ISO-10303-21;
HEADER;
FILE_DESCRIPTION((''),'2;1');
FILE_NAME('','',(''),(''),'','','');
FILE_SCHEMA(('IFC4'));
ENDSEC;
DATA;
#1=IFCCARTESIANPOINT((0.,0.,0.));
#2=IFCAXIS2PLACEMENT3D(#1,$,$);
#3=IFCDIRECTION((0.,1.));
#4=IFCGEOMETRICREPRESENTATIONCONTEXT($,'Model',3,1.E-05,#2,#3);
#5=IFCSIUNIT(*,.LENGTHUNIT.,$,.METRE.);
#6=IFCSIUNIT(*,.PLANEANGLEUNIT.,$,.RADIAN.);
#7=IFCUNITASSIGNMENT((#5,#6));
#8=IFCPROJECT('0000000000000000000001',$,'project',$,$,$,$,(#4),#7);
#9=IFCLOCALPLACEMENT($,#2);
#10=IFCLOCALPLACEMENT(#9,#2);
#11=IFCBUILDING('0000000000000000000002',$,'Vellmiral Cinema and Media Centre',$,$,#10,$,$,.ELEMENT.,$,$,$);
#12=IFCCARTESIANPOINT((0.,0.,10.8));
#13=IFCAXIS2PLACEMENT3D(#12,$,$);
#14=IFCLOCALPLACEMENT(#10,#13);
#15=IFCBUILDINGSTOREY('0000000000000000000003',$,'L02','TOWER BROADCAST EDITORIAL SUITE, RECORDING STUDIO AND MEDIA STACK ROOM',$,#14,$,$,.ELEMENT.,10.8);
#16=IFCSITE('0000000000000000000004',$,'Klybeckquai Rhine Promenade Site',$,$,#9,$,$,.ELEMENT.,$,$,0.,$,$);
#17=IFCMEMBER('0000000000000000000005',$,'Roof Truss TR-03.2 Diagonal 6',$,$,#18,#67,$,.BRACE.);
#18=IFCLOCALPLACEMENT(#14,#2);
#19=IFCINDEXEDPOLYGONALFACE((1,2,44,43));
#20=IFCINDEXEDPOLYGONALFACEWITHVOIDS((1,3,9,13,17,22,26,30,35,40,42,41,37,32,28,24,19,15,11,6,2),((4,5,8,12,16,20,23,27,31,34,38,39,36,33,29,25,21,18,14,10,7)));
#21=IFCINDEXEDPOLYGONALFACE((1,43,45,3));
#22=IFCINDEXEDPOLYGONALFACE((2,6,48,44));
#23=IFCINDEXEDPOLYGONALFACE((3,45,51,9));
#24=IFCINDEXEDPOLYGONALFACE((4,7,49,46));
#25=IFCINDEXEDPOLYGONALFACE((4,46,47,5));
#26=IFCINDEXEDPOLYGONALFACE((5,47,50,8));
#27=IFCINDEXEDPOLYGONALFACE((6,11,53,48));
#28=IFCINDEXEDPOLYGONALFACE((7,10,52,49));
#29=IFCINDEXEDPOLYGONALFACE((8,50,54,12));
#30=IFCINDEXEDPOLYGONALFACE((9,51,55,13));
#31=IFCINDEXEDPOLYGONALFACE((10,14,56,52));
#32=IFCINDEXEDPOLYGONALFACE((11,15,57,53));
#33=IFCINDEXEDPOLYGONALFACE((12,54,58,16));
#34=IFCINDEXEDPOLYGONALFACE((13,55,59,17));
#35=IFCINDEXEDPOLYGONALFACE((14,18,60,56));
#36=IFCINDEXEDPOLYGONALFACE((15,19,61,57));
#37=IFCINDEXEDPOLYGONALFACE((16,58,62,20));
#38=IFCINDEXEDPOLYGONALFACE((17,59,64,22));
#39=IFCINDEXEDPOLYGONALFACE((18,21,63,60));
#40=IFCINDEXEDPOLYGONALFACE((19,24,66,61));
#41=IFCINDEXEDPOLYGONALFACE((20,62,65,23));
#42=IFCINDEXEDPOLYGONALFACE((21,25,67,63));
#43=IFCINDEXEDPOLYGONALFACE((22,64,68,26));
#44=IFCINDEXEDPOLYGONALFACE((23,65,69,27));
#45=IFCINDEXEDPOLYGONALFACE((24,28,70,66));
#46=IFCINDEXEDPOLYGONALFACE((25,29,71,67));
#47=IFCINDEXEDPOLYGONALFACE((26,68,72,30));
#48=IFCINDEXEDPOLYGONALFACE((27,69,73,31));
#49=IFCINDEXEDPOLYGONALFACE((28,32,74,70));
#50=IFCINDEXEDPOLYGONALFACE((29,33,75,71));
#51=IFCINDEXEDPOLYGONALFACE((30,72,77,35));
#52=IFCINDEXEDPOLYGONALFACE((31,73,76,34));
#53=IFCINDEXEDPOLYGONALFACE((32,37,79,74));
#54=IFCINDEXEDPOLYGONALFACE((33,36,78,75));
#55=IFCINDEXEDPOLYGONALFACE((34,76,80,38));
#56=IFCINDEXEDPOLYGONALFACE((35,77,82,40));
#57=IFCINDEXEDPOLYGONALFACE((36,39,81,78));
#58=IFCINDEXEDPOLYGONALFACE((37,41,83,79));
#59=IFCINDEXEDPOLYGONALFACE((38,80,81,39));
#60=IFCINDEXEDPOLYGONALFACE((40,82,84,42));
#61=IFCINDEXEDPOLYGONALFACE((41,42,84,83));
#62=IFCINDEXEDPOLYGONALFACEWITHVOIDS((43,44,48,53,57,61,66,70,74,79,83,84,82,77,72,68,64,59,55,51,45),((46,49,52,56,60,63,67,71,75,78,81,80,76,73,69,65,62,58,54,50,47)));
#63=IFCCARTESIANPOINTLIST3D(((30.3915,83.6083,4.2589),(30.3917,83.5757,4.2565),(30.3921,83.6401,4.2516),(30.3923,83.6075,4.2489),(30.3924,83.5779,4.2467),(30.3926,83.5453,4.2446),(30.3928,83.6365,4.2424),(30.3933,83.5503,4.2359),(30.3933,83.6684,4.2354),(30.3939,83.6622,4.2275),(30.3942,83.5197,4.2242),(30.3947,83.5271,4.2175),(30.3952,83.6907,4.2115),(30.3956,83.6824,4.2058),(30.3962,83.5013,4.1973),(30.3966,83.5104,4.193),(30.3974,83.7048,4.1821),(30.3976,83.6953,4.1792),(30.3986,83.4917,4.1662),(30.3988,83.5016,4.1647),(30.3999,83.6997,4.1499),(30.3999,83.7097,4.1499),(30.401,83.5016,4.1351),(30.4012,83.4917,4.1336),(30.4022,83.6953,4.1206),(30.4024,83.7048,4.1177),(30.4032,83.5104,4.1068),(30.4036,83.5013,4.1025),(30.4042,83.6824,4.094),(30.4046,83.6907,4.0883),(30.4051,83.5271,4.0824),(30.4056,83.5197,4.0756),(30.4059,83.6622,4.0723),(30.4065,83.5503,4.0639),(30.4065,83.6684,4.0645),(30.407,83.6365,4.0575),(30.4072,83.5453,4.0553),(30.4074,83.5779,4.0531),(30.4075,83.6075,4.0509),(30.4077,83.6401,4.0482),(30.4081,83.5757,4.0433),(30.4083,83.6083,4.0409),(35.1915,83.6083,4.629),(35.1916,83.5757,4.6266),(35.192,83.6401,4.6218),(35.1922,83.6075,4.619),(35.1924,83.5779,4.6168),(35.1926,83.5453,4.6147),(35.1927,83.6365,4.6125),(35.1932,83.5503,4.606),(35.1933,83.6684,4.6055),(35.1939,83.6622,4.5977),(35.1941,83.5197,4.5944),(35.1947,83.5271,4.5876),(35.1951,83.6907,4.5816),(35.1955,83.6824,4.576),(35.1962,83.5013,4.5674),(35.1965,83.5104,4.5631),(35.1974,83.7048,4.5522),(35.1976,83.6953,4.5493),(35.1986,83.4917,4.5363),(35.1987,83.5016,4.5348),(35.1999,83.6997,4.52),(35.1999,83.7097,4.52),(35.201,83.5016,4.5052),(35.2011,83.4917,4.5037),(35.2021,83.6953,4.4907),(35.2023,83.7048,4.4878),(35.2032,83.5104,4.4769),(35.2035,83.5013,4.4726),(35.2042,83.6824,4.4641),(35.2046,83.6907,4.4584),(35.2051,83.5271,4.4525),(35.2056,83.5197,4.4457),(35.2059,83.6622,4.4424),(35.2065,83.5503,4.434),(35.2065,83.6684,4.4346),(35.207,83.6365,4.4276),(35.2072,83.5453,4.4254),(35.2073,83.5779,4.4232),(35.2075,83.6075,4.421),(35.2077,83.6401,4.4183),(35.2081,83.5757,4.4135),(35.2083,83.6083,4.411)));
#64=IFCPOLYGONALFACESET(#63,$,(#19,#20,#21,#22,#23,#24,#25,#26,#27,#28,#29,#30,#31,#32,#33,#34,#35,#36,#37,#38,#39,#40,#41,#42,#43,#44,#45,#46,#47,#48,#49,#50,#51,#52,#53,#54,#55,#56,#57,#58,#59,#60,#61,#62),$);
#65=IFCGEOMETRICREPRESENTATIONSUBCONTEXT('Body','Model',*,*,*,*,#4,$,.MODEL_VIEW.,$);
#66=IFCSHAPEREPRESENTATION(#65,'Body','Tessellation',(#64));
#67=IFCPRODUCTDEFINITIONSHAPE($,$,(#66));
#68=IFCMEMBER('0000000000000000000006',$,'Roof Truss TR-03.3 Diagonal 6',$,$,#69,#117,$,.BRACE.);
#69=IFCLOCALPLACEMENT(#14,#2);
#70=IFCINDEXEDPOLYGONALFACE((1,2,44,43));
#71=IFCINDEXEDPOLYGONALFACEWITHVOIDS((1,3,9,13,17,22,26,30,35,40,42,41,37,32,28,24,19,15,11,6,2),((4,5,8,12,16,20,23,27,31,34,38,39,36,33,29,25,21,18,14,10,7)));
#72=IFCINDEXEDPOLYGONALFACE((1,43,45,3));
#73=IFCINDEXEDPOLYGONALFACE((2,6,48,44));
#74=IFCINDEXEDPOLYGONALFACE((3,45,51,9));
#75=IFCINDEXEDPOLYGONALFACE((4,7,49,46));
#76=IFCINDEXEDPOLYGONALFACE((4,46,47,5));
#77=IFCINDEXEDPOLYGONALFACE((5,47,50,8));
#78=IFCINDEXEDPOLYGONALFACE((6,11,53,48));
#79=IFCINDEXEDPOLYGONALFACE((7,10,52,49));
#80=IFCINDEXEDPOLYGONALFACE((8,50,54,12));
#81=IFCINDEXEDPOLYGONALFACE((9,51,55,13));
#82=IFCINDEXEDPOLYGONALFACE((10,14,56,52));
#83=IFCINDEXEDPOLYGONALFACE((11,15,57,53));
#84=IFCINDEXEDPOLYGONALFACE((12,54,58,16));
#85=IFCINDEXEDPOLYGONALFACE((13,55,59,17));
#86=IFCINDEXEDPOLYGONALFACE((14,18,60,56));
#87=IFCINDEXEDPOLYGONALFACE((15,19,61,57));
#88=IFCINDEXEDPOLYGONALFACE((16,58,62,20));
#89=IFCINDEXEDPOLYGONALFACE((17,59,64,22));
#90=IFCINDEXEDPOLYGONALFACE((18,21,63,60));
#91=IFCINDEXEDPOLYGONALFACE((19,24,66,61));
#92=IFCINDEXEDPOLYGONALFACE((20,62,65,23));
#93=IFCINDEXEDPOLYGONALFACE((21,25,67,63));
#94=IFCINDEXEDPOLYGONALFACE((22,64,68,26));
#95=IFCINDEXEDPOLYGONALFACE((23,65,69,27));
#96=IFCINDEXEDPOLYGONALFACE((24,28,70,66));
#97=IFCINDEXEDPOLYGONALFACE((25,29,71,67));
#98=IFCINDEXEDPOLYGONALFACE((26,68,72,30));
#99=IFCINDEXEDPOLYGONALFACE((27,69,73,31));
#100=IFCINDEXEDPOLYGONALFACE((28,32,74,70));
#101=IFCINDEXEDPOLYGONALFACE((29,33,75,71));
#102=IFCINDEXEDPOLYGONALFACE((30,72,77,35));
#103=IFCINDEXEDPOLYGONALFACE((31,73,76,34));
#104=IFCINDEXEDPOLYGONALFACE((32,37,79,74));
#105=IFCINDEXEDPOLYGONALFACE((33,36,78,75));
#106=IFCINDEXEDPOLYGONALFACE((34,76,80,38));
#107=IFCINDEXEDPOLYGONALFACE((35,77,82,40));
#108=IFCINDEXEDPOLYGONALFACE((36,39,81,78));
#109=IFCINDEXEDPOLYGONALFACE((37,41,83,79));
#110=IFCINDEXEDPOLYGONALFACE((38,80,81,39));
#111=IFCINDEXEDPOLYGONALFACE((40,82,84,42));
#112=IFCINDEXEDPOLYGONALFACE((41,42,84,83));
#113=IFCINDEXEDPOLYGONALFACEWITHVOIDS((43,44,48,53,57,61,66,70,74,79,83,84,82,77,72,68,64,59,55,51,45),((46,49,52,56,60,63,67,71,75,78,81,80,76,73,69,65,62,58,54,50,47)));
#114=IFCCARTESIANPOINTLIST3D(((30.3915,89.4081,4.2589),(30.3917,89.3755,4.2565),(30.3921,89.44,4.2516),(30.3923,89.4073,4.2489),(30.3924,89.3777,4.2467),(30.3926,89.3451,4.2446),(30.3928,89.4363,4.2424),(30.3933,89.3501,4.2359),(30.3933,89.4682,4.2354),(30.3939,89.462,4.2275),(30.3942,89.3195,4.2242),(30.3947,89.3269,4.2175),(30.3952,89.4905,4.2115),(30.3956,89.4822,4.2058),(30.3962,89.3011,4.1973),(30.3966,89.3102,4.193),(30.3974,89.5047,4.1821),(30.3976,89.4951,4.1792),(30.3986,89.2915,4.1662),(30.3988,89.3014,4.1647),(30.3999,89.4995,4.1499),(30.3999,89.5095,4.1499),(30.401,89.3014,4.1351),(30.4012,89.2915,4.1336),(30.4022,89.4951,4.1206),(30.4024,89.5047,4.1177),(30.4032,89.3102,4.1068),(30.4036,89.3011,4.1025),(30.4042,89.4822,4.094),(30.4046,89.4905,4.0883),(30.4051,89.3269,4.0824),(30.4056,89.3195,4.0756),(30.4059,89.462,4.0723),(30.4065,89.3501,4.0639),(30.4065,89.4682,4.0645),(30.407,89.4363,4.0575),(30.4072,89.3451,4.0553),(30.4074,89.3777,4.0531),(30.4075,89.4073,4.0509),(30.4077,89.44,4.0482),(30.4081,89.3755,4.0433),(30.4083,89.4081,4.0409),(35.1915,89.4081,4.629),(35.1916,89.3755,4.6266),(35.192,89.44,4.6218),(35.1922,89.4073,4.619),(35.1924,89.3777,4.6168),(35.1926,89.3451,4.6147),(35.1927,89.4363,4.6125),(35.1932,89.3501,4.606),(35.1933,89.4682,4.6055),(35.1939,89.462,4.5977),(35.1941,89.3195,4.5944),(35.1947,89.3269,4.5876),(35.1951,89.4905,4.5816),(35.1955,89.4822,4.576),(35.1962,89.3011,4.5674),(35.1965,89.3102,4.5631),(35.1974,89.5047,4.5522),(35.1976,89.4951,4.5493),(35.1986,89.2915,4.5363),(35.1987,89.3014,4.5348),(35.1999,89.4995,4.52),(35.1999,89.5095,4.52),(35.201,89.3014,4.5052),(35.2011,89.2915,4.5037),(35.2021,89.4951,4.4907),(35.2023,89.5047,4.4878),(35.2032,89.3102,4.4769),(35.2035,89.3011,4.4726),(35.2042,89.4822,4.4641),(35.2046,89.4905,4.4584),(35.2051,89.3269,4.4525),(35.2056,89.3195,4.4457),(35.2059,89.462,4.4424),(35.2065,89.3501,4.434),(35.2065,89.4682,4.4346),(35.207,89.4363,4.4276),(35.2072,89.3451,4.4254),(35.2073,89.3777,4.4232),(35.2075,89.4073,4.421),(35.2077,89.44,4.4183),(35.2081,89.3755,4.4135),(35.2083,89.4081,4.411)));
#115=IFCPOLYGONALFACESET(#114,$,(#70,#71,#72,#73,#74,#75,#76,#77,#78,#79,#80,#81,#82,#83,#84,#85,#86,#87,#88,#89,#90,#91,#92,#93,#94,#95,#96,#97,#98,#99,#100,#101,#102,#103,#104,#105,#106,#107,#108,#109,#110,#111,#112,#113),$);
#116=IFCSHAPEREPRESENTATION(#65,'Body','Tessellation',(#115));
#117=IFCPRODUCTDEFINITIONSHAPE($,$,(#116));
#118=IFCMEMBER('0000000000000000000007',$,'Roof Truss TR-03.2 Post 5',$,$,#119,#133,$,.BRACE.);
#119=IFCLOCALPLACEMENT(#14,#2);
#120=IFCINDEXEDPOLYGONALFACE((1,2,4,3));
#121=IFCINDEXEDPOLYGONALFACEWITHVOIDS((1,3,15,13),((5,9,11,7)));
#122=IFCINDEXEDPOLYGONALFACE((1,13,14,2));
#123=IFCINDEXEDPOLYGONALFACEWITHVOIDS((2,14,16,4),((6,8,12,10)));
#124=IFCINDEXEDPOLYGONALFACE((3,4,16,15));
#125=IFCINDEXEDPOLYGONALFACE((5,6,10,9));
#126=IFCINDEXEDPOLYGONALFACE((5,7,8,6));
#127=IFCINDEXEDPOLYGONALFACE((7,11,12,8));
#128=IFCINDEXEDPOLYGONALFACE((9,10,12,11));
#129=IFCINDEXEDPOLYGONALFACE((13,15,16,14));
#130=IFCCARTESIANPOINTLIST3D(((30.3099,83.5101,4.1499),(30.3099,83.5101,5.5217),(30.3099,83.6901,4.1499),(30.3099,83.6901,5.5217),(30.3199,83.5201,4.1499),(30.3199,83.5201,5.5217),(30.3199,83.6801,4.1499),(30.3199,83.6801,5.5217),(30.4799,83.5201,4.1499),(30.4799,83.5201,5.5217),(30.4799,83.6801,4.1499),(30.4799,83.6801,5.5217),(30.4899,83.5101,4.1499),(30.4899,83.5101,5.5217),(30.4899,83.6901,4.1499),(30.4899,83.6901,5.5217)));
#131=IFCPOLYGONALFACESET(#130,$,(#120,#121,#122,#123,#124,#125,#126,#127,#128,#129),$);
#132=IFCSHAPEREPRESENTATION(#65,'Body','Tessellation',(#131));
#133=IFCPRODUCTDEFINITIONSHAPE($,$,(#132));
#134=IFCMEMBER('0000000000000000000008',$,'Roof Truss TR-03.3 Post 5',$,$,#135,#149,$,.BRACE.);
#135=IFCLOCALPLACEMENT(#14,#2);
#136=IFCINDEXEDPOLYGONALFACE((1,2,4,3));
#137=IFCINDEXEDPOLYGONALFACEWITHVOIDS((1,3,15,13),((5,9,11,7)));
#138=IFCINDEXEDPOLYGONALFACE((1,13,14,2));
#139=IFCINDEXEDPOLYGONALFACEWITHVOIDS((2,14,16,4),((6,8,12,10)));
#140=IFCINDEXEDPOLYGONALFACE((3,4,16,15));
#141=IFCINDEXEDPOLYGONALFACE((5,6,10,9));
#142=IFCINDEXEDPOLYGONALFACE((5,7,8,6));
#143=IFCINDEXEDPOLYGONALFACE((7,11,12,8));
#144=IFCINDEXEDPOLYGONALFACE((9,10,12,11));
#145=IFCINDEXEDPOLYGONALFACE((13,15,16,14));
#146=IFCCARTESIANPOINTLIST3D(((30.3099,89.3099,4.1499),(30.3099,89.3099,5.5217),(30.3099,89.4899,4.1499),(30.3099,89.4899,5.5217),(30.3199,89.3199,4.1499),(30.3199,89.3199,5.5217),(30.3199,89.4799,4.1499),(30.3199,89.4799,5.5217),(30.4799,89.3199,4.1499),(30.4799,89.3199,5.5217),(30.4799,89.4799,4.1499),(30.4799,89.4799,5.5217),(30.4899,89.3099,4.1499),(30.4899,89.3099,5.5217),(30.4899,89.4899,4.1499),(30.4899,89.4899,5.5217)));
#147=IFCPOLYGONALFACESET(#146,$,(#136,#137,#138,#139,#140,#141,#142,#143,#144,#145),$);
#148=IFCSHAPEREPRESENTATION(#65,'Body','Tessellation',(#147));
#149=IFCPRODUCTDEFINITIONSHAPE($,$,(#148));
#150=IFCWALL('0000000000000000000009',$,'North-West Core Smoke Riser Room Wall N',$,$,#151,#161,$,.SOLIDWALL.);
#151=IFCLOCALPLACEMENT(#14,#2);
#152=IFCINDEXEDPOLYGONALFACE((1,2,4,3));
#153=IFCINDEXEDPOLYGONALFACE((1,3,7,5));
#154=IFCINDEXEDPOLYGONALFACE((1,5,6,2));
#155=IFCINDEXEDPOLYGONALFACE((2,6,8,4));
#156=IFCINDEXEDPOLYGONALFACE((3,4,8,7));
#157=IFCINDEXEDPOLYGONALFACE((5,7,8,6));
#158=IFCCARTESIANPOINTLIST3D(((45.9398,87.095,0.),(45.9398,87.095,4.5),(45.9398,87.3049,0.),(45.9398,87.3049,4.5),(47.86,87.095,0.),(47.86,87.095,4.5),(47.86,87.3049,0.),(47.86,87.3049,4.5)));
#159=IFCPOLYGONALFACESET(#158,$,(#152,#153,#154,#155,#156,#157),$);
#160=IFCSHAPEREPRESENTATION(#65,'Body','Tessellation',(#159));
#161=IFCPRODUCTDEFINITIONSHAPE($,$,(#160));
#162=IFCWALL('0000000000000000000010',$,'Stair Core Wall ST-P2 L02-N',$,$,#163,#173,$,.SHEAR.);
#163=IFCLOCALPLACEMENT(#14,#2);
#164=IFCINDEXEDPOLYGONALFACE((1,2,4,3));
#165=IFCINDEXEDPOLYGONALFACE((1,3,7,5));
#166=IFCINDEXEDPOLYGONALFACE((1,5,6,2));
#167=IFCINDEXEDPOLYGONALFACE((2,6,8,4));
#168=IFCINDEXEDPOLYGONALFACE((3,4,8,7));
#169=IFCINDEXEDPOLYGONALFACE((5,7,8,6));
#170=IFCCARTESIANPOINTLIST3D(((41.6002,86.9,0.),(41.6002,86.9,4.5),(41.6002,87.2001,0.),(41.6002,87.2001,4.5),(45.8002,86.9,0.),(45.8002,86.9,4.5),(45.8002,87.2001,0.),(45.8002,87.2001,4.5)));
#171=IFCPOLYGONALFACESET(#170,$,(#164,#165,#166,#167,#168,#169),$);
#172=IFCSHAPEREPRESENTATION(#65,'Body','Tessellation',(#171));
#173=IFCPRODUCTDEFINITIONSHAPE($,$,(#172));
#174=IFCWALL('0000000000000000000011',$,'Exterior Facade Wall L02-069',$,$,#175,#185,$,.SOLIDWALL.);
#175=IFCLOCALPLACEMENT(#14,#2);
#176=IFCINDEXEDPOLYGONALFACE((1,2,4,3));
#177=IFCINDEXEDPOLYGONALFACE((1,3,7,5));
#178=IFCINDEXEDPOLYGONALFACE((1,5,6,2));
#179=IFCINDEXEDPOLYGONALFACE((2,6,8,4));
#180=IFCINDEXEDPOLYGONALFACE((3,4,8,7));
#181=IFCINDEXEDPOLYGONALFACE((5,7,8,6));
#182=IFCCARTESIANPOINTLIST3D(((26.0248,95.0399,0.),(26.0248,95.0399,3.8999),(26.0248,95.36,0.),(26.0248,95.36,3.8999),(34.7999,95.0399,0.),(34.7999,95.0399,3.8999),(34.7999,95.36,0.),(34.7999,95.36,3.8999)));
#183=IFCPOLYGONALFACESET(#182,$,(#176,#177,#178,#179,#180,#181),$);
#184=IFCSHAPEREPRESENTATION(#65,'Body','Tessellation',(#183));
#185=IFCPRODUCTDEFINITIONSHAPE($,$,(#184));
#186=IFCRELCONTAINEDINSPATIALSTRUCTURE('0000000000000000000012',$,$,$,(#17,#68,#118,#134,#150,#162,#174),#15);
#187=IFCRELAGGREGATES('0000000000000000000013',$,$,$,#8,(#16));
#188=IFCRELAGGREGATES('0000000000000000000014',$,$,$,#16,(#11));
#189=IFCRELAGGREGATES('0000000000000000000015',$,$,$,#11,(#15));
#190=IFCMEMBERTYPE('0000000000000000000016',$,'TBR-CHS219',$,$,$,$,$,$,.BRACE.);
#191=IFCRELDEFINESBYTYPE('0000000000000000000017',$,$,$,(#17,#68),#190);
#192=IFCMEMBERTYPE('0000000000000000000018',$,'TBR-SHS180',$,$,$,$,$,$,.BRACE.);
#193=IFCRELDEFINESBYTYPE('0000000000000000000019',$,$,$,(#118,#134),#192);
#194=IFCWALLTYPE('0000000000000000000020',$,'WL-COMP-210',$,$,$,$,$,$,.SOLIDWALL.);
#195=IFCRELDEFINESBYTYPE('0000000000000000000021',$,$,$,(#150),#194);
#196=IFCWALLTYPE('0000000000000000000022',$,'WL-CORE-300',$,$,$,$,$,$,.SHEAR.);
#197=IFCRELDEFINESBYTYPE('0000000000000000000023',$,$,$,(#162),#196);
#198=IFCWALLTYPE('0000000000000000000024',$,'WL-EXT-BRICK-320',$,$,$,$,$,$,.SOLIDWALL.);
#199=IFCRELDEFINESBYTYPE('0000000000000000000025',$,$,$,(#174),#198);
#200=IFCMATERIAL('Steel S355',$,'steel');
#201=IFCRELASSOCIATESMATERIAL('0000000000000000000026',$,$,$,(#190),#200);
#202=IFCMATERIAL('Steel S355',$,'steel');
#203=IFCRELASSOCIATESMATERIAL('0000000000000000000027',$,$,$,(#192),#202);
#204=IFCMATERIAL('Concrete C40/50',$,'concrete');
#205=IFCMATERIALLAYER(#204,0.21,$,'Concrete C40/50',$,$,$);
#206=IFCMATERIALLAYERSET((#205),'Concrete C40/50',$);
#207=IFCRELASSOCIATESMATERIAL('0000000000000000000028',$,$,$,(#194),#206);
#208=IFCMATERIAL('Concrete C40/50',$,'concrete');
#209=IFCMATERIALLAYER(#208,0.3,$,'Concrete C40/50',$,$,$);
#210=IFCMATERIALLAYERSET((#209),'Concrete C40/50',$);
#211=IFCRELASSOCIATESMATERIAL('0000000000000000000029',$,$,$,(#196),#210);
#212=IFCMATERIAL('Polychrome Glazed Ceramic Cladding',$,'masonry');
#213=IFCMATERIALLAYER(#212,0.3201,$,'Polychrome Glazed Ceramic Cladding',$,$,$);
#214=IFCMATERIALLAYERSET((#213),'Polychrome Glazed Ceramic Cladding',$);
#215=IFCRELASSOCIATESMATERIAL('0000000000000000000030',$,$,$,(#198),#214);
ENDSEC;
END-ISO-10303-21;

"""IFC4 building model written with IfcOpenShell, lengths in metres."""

from ifc_helpers import new_model, si_unit, direction, frame, frame_2d, origin, origin_2d, place, context, subcontext, project, spatial, rectangle, hollow_rectangle, hollow_circle, extrude, material, layer, layer_set, material_profile, profile_set, type_object, element, save


model = new_model("IFC4")

# Units and contexts
model_context = context("Model", 3, precision=1e-05, world=origin(), true_north=direction((0.0, 1.0)))
body_context = subcontext(model_context, "Body", "Model", "MODEL_VIEW")
ifc_project = project(units=[si_unit("LENGTHUNIT", "METRE"), si_unit("PLANEANGLEUNIT", "RADIAN")], contexts=[model_context])

# Site, building, storey
site_placement = place(None, origin())
site = spatial("IfcSite", under=ifc_project, at=site_placement, Name="Klybeckquai Rhine Promenade Site", CompositionType="ELEMENT", RefElevation=0.0)
building_placement = place(site_placement, origin())
building = spatial("IfcBuilding", under=site, at=building_placement, Name="Vellmiral Cinema and Media Centre", CompositionType="ELEMENT")
storey_placement = place(building_placement, frame((0.0, 0.0, 10.8)))
storey = spatial("IfcBuildingStorey", under=building, at=storey_placement, Name="L02", Description="TOWER BROADCAST EDITORIAL SUITE, RECORDING STUDIO AND MEDIA STACK ROOM", CompositionType="ELEMENT", Elevation=10.8)

# Members
ifc_material_1 = material(Name="Steel S355", Category="steel")
ifc_material_profile_1 = material_profile(ifc_material_1, hollow_circle(Radius=0.1096, WallThickness=0.01, at=origin_2d()), Name="CHS 219.1x10.0")
ifc_profile_set_1 = profile_set([ifc_material_profile_1], Name="Steel S355")
member_type_1 = type_object("IfcMemberType", Name="TBR-CHS219", PredefinedType="BRACE", material=ifc_profile_set_1)
for number, where, z_axis, x_axis, name in (
    (1, (30.3999, 83.6001, 4.1499), (0.99704, 0.0, 0.076879), (0.0, 1.0, 0.0), "Roof Truss TR-03.2 Diagonal 6"),
    (2, (30.3999, 89.3999, 4.1499), (0.99704, 0.0, 0.076879), (0.0, 1.0, 0.0), "Roof Truss TR-03.3 Diagonal 6"),
):
    element("IfcMember", number, at=place(storey_placement, frame(where, z_axis=z_axis, x_axis=x_axis)), inside=storey, type_object=member_type_1, Name=name, PredefinedType="BRACE", context=body_context, shape_type="SweptSolid", body=[
        extrude(hollow_circle(Radius=0.1096, WallThickness=0.01, at=origin_2d()), origin(), (0.0, 0.0, 1.0), 4.8142),
    ])
ifc_material_2 = material(Name="Steel S355", Category="steel")
ifc_material_profile_2 = material_profile(ifc_material_2, hollow_rectangle(XDim=0.1799, YDim=0.1799, WallThickness=0.01, at=origin_2d()), Name="SHS 180x180x10.0")
ifc_profile_set_2 = profile_set([ifc_material_profile_2], Name="Steel S355")
member_type_2 = type_object("IfcMemberType", Name="TBR-SHS180", PredefinedType="BRACE", material=ifc_profile_set_2)
for number, where, z_axis, x_axis, name in (
    (3, (30.3999, 83.6001, 4.1499), (0.0, 0.0, 1.0), (1.0, 0.0, 0.0), "Roof Truss TR-03.2 Post 5"),
    (4, (30.3999, 89.3999, 4.1499), (0.0, 0.0, 1.0), (1.0, 0.0, 0.0), "Roof Truss TR-03.3 Post 5"),
):
    element("IfcMember", number, at=place(storey_placement, frame(where, z_axis=z_axis, x_axis=x_axis)), inside=storey, type_object=member_type_2, Name=name, PredefinedType="BRACE", context=body_context, shape_type="SweptSolid", body=[
        extrude(hollow_rectangle(XDim=0.1799, YDim=0.1799, WallThickness=0.01, at=origin_2d()), origin(), (0.0, 0.0, 1.0), 1.3718),
    ])

# Walls
ifc_material_3 = material(Name="Concrete C40/50", Category="concrete")
ifc_layer_1 = layer(ifc_material_3, 0.21, Name="Concrete C40/50")
ifc_layer_set_1 = layer_set([ifc_layer_1], Name="Concrete C40/50")
wall_type_1 = type_object("IfcWallType", Name="WL-COMP-210", PredefinedType="SOLIDWALL", material=ifc_layer_set_1)
wall_1_placement = place(storey_placement, frame((45.9399, 87.2, 0.0), z_axis=(0.0, 0.0, 1.0), x_axis=(1.0, 0.0, 0.0)))
element("IfcWall", 5, at=wall_1_placement, inside=storey, type_object=wall_type_1, Name="North-West Core Smoke Riser Room Wall N", PredefinedType="SOLIDWALL", context=body_context, shape_type="SweptSolid", body=[
    extrude(rectangle(XDim=1.9202, YDim=0.21, at=frame_2d((0.96, 0.0))), origin(), (0.0, 0.0, 1.0), 4.5),
])
ifc_material_4 = material(Name="Concrete C40/50", Category="concrete")
ifc_layer_2 = layer(ifc_material_4, 0.3, Name="Concrete C40/50")
ifc_layer_set_2 = layer_set([ifc_layer_2], Name="Concrete C40/50")
wall_type_2 = type_object("IfcWallType", Name="WL-CORE-300", PredefinedType="SHEAR", material=ifc_layer_set_2)
wall_2_placement = place(storey_placement, frame((41.6001, 87.05, 0.0), z_axis=(0.0, 0.0, 1.0), x_axis=(1.0, 0.0, 0.0)))
element("IfcWall", 6, at=wall_2_placement, inside=storey, type_object=wall_type_2, Name="Stair Core Wall ST-P2 L02-N", PredefinedType="SHEAR", context=body_context, shape_type="SweptSolid", body=[
    extrude(rectangle(XDim=4.2, YDim=0.3, at=frame_2d((2.1001, 0.0))), origin(), (0.0, 0.0, 1.0), 4.5),
])
ifc_material_5 = material(Name="Polychrome Glazed Ceramic Cladding", Category="masonry")
ifc_layer_3 = layer(ifc_material_5, 0.3201, Name="Polychrome Glazed Ceramic Cladding")
ifc_layer_set_3 = layer_set([ifc_layer_3], Name="Polychrome Glazed Ceramic Cladding")
wall_type_3 = type_object("IfcWallType", Name="WL-EXT-BRICK-320", PredefinedType="SOLIDWALL", material=ifc_layer_set_3)
wall_3_placement = place(storey_placement, frame((34.8, 95.2, 0.0), z_axis=(0.0, 0.0, 1.0), x_axis=(-1.0, 0.0, 0.0)))
element("IfcWall", 7, at=wall_3_placement, inside=storey, type_object=wall_type_3, Name="Exterior Facade Wall L02-069", PredefinedType="SOLIDWALL", context=body_context, shape_type="SweptSolid", body=[
    extrude(rectangle(XDim=8.7751, YDim=0.3201, at=frame_2d((4.3877, 0.0))), origin(), (0.0, 0.0, 1.0), 3.8999),
])

save(model, "model.ifc")
